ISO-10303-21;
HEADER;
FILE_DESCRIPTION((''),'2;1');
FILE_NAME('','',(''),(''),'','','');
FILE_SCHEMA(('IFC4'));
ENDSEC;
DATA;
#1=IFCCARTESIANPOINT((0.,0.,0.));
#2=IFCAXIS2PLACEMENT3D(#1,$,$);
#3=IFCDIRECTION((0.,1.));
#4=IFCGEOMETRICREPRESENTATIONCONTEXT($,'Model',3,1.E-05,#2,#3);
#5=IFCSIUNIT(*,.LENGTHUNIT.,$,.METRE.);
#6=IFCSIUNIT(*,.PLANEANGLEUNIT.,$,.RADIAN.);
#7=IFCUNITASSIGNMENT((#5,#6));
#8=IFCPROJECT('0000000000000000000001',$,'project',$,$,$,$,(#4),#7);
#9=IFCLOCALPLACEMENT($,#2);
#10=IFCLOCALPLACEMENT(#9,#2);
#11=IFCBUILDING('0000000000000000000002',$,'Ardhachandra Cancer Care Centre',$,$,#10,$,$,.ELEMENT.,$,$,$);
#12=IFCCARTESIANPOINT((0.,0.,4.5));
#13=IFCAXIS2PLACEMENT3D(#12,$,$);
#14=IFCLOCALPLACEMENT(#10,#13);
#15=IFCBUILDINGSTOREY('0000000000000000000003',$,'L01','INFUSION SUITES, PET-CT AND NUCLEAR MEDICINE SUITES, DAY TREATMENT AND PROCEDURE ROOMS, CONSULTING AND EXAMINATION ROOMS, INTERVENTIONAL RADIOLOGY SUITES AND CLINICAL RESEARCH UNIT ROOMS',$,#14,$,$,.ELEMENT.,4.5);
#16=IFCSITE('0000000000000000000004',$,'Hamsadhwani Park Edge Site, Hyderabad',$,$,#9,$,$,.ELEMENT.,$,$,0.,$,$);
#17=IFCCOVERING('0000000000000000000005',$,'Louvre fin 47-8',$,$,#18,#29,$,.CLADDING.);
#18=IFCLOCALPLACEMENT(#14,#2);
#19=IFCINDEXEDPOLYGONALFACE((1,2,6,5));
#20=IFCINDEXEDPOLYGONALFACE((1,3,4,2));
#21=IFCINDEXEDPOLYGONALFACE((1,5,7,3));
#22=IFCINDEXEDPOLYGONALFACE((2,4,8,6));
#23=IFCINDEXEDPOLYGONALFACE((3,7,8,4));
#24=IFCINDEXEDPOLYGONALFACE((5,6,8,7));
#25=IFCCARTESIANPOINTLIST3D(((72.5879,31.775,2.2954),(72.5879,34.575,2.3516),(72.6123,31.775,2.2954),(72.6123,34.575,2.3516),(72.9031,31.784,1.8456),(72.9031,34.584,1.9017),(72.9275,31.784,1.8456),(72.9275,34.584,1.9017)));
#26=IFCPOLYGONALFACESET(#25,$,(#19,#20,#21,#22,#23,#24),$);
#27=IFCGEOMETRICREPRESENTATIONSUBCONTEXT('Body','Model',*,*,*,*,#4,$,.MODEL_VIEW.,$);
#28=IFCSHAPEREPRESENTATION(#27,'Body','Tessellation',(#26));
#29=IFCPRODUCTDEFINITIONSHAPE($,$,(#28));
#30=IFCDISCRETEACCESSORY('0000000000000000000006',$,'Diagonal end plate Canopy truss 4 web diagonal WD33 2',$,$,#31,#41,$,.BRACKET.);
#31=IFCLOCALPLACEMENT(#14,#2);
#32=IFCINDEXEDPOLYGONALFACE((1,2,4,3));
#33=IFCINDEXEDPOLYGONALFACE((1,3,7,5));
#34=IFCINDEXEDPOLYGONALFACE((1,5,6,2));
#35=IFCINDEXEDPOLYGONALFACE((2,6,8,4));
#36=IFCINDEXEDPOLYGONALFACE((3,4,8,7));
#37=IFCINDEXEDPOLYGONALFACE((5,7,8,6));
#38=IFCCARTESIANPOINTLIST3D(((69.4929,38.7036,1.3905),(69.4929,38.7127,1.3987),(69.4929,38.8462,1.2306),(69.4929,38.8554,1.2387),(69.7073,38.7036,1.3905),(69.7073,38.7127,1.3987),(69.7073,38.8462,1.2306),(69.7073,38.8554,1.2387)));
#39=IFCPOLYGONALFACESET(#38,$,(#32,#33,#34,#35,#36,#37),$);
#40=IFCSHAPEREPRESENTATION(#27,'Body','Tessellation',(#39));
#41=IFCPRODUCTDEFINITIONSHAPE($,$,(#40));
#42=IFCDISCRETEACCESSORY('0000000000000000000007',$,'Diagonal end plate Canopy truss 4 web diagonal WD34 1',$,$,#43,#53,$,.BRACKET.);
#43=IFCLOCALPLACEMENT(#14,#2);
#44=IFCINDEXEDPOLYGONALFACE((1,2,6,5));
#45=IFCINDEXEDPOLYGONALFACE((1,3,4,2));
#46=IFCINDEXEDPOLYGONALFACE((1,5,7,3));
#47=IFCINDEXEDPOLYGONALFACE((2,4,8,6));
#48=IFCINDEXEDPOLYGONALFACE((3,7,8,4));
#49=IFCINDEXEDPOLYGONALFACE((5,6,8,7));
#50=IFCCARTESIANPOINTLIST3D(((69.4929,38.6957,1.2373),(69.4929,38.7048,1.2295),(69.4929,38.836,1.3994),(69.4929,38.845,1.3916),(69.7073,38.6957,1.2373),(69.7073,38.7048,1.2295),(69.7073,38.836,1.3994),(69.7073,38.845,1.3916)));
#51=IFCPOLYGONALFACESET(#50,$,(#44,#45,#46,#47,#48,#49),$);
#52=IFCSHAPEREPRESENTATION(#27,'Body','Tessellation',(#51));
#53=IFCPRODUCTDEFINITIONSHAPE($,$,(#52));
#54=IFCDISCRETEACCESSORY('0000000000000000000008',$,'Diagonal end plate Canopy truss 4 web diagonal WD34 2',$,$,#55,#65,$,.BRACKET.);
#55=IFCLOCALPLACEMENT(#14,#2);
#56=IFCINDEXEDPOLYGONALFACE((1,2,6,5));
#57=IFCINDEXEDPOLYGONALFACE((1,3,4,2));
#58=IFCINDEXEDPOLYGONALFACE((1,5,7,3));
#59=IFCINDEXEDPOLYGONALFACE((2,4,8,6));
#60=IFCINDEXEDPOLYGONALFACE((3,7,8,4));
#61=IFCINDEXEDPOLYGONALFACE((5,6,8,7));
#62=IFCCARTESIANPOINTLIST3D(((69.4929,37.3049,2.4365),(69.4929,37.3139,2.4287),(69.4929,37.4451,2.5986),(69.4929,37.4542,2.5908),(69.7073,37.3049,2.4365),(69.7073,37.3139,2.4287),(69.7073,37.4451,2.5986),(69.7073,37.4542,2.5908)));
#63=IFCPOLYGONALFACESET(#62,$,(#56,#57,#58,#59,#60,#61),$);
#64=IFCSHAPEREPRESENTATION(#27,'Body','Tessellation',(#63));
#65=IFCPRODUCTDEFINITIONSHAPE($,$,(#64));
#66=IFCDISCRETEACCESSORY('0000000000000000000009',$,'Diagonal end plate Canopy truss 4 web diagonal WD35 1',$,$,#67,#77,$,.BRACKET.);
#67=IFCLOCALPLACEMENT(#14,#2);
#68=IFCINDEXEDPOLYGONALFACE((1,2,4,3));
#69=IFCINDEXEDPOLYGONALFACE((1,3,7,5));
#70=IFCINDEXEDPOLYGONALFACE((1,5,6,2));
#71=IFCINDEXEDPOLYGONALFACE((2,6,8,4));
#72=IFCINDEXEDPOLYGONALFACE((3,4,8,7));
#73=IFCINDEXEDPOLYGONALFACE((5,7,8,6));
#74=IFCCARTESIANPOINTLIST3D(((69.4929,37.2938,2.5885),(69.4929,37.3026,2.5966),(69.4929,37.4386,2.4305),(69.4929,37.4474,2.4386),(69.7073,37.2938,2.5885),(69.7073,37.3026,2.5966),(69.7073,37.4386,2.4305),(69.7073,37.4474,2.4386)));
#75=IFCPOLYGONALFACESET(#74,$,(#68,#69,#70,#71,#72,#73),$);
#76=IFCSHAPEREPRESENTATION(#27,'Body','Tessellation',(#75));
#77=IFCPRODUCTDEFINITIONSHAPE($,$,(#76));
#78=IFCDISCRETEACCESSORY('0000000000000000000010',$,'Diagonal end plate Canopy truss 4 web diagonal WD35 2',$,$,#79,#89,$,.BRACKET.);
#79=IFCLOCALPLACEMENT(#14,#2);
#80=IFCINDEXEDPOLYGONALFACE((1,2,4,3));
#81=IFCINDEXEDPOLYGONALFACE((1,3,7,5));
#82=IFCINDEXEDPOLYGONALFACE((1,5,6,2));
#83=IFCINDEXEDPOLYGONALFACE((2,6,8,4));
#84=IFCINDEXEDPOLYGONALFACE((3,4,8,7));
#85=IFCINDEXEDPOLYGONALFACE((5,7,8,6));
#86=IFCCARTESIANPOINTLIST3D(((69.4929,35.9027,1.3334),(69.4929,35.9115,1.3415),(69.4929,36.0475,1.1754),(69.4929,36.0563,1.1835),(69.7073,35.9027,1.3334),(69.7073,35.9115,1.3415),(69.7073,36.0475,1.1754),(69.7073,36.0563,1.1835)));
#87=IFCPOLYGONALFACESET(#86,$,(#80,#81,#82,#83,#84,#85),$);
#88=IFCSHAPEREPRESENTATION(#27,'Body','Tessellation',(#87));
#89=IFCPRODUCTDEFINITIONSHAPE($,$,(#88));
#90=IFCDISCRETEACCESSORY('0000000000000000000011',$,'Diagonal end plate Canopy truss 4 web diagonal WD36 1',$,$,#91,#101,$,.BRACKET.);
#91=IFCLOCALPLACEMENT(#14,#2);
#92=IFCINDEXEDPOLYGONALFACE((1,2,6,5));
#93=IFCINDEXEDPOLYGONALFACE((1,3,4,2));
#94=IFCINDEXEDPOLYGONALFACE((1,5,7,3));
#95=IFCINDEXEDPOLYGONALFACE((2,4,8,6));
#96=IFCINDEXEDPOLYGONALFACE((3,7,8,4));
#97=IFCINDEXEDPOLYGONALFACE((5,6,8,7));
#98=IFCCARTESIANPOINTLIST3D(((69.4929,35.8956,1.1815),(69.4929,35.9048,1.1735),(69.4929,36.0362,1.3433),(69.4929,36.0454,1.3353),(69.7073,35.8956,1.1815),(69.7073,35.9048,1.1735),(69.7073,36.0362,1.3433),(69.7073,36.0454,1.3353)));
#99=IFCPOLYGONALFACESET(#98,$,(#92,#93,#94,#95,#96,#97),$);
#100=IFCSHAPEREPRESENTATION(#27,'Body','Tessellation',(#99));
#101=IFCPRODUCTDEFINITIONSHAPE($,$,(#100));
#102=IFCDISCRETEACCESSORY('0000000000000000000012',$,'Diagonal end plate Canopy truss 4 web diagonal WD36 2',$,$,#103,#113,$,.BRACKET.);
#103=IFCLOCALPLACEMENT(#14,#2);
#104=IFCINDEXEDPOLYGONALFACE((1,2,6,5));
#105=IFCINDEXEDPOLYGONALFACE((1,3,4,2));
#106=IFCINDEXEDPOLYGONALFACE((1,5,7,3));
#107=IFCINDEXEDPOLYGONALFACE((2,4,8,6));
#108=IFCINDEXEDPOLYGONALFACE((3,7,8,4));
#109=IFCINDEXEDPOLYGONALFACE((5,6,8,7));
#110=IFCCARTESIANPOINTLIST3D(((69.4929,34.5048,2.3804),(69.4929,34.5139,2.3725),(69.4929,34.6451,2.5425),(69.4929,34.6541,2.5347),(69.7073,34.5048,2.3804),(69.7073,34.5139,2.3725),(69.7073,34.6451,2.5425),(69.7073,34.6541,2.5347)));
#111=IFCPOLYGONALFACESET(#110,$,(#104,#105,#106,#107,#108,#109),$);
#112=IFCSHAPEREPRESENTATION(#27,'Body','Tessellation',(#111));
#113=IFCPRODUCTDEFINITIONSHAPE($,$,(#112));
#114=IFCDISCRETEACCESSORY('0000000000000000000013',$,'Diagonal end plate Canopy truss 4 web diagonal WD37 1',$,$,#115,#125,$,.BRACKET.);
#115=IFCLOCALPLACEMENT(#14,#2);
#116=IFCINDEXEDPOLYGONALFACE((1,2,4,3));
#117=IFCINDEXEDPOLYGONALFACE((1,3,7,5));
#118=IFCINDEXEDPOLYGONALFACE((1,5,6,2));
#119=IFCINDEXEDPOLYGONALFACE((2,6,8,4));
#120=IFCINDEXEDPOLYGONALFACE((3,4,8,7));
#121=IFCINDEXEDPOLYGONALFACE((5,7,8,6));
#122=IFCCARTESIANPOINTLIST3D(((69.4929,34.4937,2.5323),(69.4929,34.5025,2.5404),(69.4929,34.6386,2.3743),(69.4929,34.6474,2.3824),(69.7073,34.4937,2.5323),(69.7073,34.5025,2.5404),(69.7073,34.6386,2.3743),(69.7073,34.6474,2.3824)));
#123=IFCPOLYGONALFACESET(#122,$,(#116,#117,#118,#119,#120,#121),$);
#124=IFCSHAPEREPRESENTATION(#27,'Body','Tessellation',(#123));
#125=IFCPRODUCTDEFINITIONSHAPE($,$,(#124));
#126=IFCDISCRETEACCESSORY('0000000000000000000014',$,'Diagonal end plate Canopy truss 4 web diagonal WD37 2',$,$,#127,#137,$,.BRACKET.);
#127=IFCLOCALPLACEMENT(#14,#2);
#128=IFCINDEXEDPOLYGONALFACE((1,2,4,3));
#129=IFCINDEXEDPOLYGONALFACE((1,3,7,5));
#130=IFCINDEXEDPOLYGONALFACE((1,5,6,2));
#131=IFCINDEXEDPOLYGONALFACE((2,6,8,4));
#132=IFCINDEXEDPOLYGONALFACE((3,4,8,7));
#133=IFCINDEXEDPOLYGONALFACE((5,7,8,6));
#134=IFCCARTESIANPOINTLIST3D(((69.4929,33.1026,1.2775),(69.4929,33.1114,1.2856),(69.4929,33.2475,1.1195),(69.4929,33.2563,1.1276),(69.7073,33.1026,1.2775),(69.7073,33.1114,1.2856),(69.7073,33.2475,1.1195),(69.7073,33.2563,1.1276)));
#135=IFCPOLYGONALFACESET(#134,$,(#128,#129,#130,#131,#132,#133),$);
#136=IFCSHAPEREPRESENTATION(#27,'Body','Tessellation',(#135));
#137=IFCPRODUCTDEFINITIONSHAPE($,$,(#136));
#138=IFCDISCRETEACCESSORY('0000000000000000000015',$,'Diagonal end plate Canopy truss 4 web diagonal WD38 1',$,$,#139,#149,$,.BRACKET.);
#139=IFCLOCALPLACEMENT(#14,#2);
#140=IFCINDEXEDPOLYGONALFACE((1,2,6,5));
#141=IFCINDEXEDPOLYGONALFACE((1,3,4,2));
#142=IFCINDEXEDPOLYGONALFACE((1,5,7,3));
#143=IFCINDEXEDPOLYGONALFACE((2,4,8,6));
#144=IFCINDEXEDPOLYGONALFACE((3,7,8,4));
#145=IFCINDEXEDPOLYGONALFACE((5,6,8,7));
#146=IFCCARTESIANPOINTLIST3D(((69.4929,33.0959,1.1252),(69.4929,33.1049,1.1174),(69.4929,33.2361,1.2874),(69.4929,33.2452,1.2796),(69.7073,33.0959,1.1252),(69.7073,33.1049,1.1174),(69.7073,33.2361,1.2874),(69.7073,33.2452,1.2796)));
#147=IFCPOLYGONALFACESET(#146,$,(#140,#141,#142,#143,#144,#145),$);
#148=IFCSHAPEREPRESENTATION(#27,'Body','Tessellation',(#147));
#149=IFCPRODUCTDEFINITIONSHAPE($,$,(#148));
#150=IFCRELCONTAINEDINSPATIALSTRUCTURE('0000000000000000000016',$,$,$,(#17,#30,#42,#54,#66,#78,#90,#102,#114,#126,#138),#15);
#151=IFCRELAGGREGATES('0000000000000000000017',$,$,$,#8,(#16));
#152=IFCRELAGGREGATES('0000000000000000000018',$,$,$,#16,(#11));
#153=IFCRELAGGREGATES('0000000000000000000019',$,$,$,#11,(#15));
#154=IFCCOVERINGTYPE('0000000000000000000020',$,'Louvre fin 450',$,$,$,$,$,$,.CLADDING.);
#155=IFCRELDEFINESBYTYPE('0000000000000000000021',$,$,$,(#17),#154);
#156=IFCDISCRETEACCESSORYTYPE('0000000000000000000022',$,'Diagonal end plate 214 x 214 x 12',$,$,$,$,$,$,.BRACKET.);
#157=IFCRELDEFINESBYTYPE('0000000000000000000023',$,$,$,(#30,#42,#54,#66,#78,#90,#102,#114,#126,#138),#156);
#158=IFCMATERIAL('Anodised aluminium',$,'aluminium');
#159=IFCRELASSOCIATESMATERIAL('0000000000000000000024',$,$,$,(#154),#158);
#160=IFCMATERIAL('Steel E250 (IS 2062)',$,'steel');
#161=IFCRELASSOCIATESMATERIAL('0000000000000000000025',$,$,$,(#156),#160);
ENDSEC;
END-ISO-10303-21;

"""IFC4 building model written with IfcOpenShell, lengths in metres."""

from ifc_helpers import new_model, si_unit, direction, frame, origin, origin_2d, place, context, subcontext, project, spatial, polyline, rectangle, outline, extrude, material, material_profile, profile_set, type_object, element, save


model = new_model("IFC4")

# Units and contexts
model_context = context("Model", 3, precision=1e-05, world=origin(), true_north=direction((0.0, 1.0)))
body_context = subcontext(model_context, "Body", "Model", "MODEL_VIEW")
ifc_project = project(units=[si_unit("LENGTHUNIT", "METRE"), si_unit("PLANEANGLEUNIT", "RADIAN")], contexts=[model_context])

# Site, building, storey
site_placement = place(None, origin())
site = spatial("IfcSite", under=ifc_project, at=site_placement, Name="Hamsadhwani Park Edge Site, Hyderabad", CompositionType="ELEMENT", RefElevation=0.0)
building_placement = place(site_placement, origin())
building = spatial("IfcBuilding", under=site, at=building_placement, Name="Ardhachandra Cancer Care Centre", CompositionType="ELEMENT")
storey_placement = place(building_placement, frame((0.0, 0.0, 4.5)))
storey = spatial("IfcBuildingStorey", under=building, at=storey_placement, Name="L01", Description="INFUSION SUITES, PET-CT AND NUCLEAR MEDICINE SUITES, DAY TREATMENT AND PROCEDURE ROOMS, CONSULTING AND EXAMINATION ROOMS, INTERVENTIONAL RADIOLOGY SUITES AND CLINICAL RESEARCH UNIT ROOMS", CompositionType="ELEMENT", Elevation=4.5)

# Covering
ifc_material_1 = material(Name="Anodised aluminium", Category="aluminium")
ifc_material_profile_1 = material_profile(ifc_material_1, outline(polyline([(-0.0122, 0.0), (0.0122, 0.0), (0.3274, -0.45), (0.303, -0.45), (-0.0122, 0.0)])), Name="Louvre fin 450")
ifc_profile_set_1 = profile_set([ifc_material_profile_1], Name="Anodised aluminium")
covering_type = type_object("IfcCoveringType", Name="Louvre fin 450", PredefinedType="CLADDING", material=ifc_profile_set_1)
for number, where, z_axis, x_axis, name in (
    (1, (72.6001, 34.575, 2.3516), (0.0, -0.999799, -0.02005), (1.0, 0.0, 0.0), "Louvre fin 47-8"),
):
    element("IfcCovering", number, at=place(storey_placement, frame(where, z_axis=z_axis, x_axis=x_axis)), inside=storey, type_object=covering_type, Name=name, PredefinedType="CLADDING", context=body_context, shape_type="SweptSolid", body=[
        extrude(outline(polyline([(-0.0122, 0.0), (0.0122, 0.0), (0.3274, -0.45), (0.303, -0.45), (-0.0122, 0.0)])), origin(), (0.0, 0.0, 1.0), 2.8005),
    ])

# Discrete accessories
ifc_material_2 = material(Name="Steel E250 (IS 2062)", Category="steel")
ifc_material_profile_2 = material_profile(ifc_material_2, rectangle(XDim=0.2144, YDim=0.2144, at=origin_2d()), Name="PL 214x214x12")
ifc_profile_set_2 = profile_set([ifc_material_profile_2], Name="Steel E250 (IS 2062)")
discrete_accessory_type = type_object("IfcDiscreteAccessoryType", Name="Diagonal end plate 214 x 214 x 12", PredefinedType="BRACKET", material=ifc_profile_set_2)
discrete_accessory_1_placement = place(storey_placement, frame((69.6001, 38.7749, 1.3105), z_axis=(0.0, 0.746295, 0.665615), x_axis=(-1.0, 0.0, 0.0)))
element("IfcDiscreteAccessory", 2, at=discrete_accessory_1_placement, inside=storey, type_object=discrete_accessory_type, Name="Diagonal end plate Canopy truss 4 web diagonal WD33 2", PredefinedType="BRACKET", context=body_context, shape_type="SweptSolid", body=[
    extrude(rectangle(XDim=0.2144, YDim=0.2144, at=origin_2d()), origin(), (0.0, 0.0, 1.0), 0.0122),
])
for number, where, z_axis, x_axis, name in (
    (3, (69.6001, 38.7749, 1.3105), (0.0, -0.756363, 0.654152), (1.0, 0.0, 0.0), "Diagonal end plate Canopy truss 4 web diagonal WD34 1"),
    (4, (69.6001, 37.375, 2.5176), (0.0, 0.756363, -0.654152), (-1.0, 0.0, 0.0), "Diagonal end plate Canopy truss 4 web diagonal WD34 2"),
    (5, (69.6001, 37.375, 2.5176), (0.0, -0.737154, -0.675725), (1.0, 0.0, 0.0), "Diagonal end plate Canopy truss 4 web diagonal WD35 1"),
    (6, (69.6001, 35.9751, 1.2544), (0.0, 0.737154, 0.675725), (-1.0, 0.0, 0.0), "Diagonal end plate Canopy truss 4 web diagonal WD35 2"),
):
    element("IfcDiscreteAccessory", number, at=place(storey_placement, frame(where, z_axis=z_axis, x_axis=x_axis)), inside=storey, type_object=discrete_accessory_type, Name=name, PredefinedType="BRACKET", context=body_context, shape_type="SweptSolid", body=[
        extrude(rectangle(XDim=0.2144, YDim=0.2144, at=origin_2d()), origin(), (0.0, 0.0, 1.0), 0.012),
    ])
discrete_accessory_2_placement = place(storey_placement, frame((69.6001, 35.9751, 1.2544), z_axis=(0.0, -0.755033, 0.655687), x_axis=(1.0, 0.0, 0.0)))
element("IfcDiscreteAccessory", 7, at=discrete_accessory_2_placement, inside=storey, type_object=discrete_accessory_type, Name="Diagonal end plate Canopy truss 4 web diagonal WD36 1", PredefinedType="BRACKET", context=body_context, shape_type="SweptSolid", body=[
    extrude(rectangle(XDim=0.2144, YDim=0.2144, at=origin_2d()), origin(), (0.0, 0.0, 1.0), 0.0122),
])
for number, where, z_axis, x_axis, name in (
    (8, (69.6001, 34.575, 2.4614), (0.0, 0.756363, -0.654152), (-1.0, 0.0, 0.0), "Diagonal end plate Canopy truss 4 web diagonal WD36 2"),
    (9, (69.6001, 34.575, 2.4614), (0.0, -0.737154, -0.675725), (1.0, 0.0, 0.0), "Diagonal end plate Canopy truss 4 web diagonal WD37 1"),
    (10, (69.6001, 33.175, 1.1985), (0.0, 0.737154, 0.675725), (-1.0, 0.0, 0.0), "Diagonal end plate Canopy truss 4 web diagonal WD37 2"),
    (11, (69.6001, 33.175, 1.1985), (0.0, -0.756363, 0.654152), (1.0, 0.0, 0.0), "Diagonal end plate Canopy truss 4 web diagonal WD38 1"),
):
    element("IfcDiscreteAccessory", number, at=place(storey_placement, frame(where, z_axis=z_axis, x_axis=x_axis)), inside=storey, type_object=discrete_accessory_type, Name=name, PredefinedType="BRACKET", context=body_context, shape_type="SweptSolid", body=[
        extrude(rectangle(XDim=0.2144, YDim=0.2144, at=origin_2d()), origin(), (0.0, 0.0, 1.0), 0.012),
    ])

save(model, "model.ifc")
